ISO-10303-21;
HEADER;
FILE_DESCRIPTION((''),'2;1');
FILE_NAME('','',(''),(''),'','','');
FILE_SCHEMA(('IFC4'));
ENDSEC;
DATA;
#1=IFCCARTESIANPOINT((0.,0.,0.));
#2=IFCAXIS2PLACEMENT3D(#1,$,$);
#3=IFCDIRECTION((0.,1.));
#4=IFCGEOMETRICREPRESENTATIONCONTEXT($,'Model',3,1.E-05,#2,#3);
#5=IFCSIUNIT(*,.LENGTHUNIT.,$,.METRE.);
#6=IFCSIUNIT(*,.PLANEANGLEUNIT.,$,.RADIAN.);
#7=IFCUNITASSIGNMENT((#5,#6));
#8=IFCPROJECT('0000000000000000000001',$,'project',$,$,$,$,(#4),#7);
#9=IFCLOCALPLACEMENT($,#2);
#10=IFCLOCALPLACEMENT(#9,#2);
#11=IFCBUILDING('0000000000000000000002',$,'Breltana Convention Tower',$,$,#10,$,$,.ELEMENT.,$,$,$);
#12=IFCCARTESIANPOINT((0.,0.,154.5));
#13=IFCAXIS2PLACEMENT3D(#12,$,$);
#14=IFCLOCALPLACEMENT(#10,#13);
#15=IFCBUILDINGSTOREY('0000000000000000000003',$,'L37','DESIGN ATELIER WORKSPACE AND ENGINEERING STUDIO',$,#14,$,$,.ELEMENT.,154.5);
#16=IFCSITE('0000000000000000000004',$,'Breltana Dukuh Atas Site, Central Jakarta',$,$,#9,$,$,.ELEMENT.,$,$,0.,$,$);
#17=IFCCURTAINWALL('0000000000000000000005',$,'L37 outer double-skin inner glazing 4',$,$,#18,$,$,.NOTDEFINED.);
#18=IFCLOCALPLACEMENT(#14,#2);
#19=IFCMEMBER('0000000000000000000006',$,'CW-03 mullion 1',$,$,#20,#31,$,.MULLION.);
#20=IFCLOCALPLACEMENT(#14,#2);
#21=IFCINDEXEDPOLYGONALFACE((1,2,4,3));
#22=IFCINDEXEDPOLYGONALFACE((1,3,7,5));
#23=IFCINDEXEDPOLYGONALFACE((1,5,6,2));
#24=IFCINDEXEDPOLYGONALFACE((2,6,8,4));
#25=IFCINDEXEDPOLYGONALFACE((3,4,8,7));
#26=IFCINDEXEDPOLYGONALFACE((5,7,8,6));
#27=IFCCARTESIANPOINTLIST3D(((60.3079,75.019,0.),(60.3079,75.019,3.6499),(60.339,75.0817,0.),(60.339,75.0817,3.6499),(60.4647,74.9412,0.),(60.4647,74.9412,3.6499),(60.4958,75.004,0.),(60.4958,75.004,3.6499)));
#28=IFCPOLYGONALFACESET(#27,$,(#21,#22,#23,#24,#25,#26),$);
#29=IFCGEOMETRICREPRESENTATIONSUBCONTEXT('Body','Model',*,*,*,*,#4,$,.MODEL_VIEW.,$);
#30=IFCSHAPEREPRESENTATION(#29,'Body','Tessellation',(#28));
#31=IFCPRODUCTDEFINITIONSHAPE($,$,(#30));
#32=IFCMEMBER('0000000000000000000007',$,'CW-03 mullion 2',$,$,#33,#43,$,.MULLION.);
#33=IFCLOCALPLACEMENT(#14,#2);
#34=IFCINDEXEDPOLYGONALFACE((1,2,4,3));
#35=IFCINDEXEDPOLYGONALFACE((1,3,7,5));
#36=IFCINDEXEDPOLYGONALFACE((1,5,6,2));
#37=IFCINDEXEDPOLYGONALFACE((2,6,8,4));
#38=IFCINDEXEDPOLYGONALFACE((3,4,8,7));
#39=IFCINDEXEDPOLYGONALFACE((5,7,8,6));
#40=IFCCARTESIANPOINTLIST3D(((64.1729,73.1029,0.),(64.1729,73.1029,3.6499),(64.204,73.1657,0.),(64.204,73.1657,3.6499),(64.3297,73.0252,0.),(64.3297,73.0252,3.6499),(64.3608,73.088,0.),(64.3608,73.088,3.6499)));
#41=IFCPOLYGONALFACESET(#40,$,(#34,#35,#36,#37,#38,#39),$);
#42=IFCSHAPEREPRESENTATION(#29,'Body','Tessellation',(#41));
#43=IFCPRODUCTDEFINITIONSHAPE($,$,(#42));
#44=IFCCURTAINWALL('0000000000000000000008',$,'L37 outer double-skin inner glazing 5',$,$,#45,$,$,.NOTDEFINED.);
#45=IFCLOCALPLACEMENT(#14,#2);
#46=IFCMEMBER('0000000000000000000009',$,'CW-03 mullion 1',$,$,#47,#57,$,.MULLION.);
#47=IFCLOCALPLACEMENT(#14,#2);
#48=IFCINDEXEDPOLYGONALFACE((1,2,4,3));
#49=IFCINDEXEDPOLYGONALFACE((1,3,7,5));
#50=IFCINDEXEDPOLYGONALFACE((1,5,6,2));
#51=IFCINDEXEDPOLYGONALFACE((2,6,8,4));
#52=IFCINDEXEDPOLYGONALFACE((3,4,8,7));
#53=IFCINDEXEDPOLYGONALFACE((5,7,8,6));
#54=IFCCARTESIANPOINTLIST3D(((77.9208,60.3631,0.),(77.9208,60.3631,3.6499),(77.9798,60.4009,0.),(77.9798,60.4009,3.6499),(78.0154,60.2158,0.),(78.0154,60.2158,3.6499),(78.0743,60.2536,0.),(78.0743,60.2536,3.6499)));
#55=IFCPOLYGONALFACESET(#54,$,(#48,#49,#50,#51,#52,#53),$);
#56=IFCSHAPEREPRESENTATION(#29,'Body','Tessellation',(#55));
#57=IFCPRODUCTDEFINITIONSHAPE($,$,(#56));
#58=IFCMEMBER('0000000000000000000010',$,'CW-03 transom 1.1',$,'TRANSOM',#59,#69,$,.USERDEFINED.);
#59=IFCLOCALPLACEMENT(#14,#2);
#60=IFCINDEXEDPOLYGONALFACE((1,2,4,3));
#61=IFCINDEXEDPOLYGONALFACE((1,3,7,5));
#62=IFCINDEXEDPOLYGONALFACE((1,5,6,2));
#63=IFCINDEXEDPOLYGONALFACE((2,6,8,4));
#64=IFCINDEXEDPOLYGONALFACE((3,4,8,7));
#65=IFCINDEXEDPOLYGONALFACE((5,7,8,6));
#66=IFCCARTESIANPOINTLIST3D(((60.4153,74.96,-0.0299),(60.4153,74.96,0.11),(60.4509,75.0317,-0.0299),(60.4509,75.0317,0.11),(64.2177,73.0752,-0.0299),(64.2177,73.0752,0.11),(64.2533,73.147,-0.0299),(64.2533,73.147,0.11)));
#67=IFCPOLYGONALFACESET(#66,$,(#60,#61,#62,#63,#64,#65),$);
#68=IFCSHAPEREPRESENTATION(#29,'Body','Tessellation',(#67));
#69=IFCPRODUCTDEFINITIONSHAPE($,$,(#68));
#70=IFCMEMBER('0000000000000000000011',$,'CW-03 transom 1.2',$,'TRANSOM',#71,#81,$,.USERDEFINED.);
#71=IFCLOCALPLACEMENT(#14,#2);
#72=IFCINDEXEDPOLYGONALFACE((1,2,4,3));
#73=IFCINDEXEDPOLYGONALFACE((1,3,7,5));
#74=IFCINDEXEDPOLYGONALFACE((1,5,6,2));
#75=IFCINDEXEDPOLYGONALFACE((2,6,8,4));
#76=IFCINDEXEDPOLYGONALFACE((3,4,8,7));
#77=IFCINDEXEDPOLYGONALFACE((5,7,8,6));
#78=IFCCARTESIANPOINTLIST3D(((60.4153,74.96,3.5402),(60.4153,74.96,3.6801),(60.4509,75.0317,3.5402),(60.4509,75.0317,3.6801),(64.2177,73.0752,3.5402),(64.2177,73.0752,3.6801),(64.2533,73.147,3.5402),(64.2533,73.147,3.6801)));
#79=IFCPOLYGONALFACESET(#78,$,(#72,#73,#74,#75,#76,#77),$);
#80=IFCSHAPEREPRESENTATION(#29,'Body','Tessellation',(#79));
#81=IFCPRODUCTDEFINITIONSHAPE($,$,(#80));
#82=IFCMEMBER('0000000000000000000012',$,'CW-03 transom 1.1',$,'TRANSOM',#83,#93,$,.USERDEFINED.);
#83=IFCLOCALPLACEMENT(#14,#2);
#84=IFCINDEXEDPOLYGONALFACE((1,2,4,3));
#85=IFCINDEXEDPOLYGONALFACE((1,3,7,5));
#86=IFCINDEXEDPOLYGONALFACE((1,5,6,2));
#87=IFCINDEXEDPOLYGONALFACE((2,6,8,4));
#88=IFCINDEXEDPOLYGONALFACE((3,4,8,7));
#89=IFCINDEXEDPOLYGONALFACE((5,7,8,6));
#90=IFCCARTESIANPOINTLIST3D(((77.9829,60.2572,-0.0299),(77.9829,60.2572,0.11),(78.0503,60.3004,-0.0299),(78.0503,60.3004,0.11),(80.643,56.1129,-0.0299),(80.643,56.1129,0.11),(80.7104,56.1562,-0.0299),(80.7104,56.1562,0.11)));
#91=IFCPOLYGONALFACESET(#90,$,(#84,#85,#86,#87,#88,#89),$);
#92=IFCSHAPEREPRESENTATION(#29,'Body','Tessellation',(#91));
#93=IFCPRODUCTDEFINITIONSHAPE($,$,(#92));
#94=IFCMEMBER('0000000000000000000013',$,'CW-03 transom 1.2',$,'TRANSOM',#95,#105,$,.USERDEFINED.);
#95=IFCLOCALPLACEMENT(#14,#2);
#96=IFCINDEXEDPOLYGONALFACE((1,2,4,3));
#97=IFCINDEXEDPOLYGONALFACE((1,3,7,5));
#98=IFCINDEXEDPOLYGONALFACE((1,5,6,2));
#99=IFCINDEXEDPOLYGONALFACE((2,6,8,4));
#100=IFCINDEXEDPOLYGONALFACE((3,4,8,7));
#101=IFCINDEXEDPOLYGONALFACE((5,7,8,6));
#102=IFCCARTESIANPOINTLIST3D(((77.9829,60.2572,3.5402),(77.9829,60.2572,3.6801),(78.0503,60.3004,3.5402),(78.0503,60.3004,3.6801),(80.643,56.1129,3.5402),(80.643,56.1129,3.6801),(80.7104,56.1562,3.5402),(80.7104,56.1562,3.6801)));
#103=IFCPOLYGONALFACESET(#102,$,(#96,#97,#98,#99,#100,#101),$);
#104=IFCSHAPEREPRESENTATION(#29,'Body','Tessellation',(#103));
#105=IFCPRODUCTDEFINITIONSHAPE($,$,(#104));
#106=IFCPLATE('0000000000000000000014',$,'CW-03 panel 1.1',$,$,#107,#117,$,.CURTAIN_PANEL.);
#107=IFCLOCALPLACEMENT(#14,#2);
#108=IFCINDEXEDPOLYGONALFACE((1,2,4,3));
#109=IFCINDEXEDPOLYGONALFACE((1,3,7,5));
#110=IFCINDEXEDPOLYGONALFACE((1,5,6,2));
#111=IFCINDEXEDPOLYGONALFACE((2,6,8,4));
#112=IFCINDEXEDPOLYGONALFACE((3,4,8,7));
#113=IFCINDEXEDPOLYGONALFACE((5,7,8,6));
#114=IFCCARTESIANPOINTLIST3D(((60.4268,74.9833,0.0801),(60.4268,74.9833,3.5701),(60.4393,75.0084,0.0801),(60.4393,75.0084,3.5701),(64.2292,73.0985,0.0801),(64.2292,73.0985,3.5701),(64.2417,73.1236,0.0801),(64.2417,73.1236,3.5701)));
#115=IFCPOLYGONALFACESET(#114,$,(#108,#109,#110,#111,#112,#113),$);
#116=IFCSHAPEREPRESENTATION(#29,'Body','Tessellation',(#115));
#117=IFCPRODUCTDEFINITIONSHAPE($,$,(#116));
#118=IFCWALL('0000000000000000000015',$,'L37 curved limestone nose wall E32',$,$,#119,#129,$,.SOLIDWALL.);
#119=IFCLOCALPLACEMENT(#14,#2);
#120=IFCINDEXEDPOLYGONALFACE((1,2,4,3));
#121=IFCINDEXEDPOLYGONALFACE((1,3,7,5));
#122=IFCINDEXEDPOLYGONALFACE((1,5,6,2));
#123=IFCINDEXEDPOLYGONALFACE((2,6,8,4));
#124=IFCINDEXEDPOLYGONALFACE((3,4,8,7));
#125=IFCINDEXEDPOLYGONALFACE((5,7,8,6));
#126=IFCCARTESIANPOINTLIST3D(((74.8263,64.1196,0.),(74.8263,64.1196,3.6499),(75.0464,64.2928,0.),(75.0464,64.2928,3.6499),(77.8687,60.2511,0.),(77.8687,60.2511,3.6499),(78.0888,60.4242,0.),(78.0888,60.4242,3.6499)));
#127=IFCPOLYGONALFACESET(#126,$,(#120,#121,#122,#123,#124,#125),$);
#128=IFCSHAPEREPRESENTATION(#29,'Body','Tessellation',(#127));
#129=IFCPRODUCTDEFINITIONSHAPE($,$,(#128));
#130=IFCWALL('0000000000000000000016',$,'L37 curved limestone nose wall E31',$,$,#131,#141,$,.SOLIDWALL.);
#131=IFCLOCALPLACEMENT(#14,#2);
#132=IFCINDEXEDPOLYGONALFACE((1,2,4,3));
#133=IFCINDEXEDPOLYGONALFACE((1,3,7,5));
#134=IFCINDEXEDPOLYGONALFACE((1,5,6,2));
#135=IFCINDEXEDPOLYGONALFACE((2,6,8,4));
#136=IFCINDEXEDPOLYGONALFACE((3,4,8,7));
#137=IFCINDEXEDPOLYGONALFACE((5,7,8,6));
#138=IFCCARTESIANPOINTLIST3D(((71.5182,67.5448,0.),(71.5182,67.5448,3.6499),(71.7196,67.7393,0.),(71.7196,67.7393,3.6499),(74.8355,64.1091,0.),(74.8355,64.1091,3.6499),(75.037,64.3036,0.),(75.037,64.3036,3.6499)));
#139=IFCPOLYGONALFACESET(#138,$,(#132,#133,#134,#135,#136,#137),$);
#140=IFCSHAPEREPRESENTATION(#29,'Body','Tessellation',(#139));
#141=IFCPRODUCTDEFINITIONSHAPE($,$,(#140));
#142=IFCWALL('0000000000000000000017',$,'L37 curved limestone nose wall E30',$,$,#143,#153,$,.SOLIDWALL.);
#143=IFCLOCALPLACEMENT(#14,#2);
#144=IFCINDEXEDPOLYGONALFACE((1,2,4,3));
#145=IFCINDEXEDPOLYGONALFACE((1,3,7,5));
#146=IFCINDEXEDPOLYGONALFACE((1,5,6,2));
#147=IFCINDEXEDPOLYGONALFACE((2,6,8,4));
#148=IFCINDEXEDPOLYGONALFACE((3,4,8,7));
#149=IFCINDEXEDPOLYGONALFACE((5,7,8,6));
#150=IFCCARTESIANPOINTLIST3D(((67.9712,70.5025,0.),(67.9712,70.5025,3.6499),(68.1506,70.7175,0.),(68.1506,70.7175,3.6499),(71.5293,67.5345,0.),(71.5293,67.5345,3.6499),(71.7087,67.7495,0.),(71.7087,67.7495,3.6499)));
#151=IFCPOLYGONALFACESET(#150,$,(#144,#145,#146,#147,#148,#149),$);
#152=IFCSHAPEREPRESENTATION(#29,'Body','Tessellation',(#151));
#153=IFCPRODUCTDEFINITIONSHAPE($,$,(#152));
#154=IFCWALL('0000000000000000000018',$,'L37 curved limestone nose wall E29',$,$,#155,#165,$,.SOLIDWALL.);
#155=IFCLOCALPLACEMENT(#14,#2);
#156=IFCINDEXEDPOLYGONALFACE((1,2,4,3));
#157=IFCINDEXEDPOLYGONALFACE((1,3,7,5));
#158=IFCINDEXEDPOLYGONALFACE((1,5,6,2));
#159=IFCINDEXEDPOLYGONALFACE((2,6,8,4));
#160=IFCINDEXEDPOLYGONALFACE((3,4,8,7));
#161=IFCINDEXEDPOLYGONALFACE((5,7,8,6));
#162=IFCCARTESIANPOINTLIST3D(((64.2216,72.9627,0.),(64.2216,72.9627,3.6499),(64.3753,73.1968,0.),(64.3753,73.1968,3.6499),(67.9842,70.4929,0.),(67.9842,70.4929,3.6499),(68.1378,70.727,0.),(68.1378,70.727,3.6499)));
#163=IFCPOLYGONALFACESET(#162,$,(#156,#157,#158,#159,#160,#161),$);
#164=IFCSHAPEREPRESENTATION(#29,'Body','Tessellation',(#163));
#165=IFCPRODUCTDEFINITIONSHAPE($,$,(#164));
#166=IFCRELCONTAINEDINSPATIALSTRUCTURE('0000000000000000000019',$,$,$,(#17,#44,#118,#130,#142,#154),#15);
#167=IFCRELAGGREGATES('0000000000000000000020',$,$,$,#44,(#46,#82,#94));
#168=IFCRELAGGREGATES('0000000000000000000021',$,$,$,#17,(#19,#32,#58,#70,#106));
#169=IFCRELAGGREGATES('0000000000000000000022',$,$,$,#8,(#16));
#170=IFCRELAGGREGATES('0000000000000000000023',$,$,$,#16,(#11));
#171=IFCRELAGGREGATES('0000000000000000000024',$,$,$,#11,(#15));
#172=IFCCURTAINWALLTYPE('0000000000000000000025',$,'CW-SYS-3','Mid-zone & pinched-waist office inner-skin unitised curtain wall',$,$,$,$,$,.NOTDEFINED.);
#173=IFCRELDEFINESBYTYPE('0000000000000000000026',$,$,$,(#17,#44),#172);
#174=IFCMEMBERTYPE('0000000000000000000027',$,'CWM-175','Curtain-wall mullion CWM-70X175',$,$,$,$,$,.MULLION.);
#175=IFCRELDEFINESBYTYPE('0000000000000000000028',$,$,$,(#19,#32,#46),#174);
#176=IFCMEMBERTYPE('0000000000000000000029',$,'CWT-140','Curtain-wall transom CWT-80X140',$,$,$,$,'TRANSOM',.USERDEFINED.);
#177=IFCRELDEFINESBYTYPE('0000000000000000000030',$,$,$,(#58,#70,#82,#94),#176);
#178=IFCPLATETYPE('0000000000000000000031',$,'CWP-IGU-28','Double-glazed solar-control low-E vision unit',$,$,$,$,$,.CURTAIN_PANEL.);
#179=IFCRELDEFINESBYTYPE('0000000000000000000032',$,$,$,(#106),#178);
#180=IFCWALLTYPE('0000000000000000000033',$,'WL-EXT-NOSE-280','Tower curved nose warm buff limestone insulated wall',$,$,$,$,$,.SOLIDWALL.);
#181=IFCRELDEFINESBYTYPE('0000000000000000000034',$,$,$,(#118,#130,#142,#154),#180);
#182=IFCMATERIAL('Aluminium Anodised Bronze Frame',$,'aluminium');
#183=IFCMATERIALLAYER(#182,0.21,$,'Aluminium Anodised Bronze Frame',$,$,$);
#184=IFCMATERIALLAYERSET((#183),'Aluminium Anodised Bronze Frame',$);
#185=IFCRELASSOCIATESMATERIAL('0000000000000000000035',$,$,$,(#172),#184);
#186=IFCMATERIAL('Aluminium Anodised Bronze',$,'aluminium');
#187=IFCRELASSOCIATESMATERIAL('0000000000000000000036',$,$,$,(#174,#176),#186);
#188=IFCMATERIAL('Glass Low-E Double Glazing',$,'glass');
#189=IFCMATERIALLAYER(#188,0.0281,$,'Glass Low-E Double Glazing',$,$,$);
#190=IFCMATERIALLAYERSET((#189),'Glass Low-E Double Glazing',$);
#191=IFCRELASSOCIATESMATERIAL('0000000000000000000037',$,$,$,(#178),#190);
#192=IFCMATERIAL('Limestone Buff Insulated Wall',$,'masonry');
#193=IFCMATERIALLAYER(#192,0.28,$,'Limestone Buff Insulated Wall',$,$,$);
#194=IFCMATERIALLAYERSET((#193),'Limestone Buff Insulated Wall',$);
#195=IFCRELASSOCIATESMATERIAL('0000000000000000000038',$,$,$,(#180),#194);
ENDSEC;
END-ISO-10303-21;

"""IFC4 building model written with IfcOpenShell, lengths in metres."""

from ifc_helpers import new_model, si_unit, direction, frame, frame_2d, origin, origin_2d, place, context, subcontext, project, spatial, rectangle, extrude, source, transform, mapped, material, layer, layer_set, material_profile, profile_set, type_object, element, aggregate, save


model = new_model("IFC4")

# Units and contexts
model_context = context("Model", 3, precision=1e-05, world=origin(), true_north=direction((0.0, 1.0)))
body_context = subcontext(model_context, "Body", "Model", "MODEL_VIEW")
ifc_project = project(units=[si_unit("LENGTHUNIT", "METRE"), si_unit("PLANEANGLEUNIT", "RADIAN")], contexts=[model_context])

# Site, building, storey
site_placement = place(None, origin())
site = spatial("IfcSite", under=ifc_project, at=site_placement, Name="Breltana Dukuh Atas Site, Central Jakarta", CompositionType="ELEMENT", RefElevation=0.0)
building_placement = place(site_placement, origin())
building = spatial("IfcBuilding", under=site, at=building_placement, Name="Breltana Convention Tower", CompositionType="ELEMENT")
storey_placement = place(building_placement, frame((0.0, 0.0, 154.5)))
storey = spatial("IfcBuildingStorey", under=building, at=storey_placement, Name="L37", Description="DESIGN ATELIER WORKSPACE AND ENGINEERING STUDIO", CompositionType="ELEMENT", Elevation=154.5)

# Curtain wall, members
ifc_material_1 = material(Name="Aluminium Anodised Bronze Frame", Category="aluminium")
ifc_layer_1 = layer(ifc_material_1, 0.21, Name="Aluminium Anodised Bronze Frame")
ifc_layer_set_1 = layer_set([ifc_layer_1], Name="Aluminium Anodised Bronze Frame")
curtain_wall_type = type_object("IfcCurtainWallType", Name="CW-SYS-3", Description="Mid-zone & pinched-waist office inner-skin unitised curtain wall", PredefinedType="NOTDEFINED", material=ifc_layer_set_1)
curtain_wall_1_placement = place(storey_placement, origin())
curtain_wall_1 = element("IfcCurtainWall", 1, at=curtain_wall_1_placement, inside=storey, type_object=curtain_wall_type, Name="L37 outer double-skin inner glazing 4", PredefinedType="NOTDEFINED")
ifc_material_2 = material(Name="Aluminium Anodised Bronze", Category="aluminium")
ifc_material_profile_1 = material_profile(ifc_material_2, rectangle(XDim=0.0701, YDim=0.175, at=origin_2d()), Name="CWM-70X175")
ifc_profile_set_1 = profile_set([ifc_material_profile_1], Name="Aluminium Anodised Bronze")
member_type_1 = type_object("IfcMemberType", Name="CWM-175", Description="Curtain-wall mullion CWM-70X175", PredefinedType="MULLION", material=ifc_profile_set_1)
shared_shape_1 = source(origin(), body_context, "Body", "SweptSolid", [
    extrude(rectangle(XDim=0.0701, YDim=0.175, at=origin_2d()), origin(), (0.0, 0.0, 1.0), 3.6499),
])
member_1_placement = place(storey_placement, frame((60.4019, 75.0115, 0.0), z_axis=(0.0, 0.0, 1.0), x_axis=(0.444118, 0.895968, 0.0)))
member_1 = element("IfcMember", 2, at=member_1_placement, type_object=member_type_1, Name="CW-03 mullion 1", PredefinedType="MULLION", context=body_context, shape_type="MappedRepresentation", body=[
    mapped(shared_shape_1, transform((0.0, 0.0, 0.0), scale=1.0)),
])
member_2_placement = place(storey_placement, frame((64.2668, 73.0955, 0.0), z_axis=(0.0, 0.0, 1.0), x_axis=(0.444118, 0.895968, 0.0)))
member_2 = element("IfcMember", 3, at=member_2_placement, type_object=member_type_1, Name="CW-03 mullion 2", PredefinedType="MULLION", context=body_context, shape_type="MappedRepresentation", body=[
    mapped(shared_shape_1, transform((0.0, 0.0, 0.0), scale=1.0)),
])

# Curtain wall, member
curtain_wall_2_placement = place(storey_placement, origin())
curtain_wall_2 = element("IfcCurtainWall", 4, at=curtain_wall_2_placement, inside=storey, type_object=curtain_wall_type, Name="L37 outer double-skin inner glazing 5", PredefinedType="NOTDEFINED")
member_3_placement = place(storey_placement, frame((77.9976, 60.3083, 0.0), z_axis=(0.0, 0.0, 1.0), x_axis=(0.841554, 0.540173, 0.0)))
member_3 = element("IfcMember", 5, at=member_3_placement, type_object=member_type_1, Name="CW-03 mullion 1", PredefinedType="MULLION", context=body_context, shape_type="MappedRepresentation", body=[
    mapped(shared_shape_1, transform((0.0, 0.0, 0.0), scale=1.0)),
])

# Members
ifc_material_profile_2 = material_profile(ifc_material_2, rectangle(XDim=0.0801, YDim=0.1399, at=origin_2d()), Name="CWT-80X140")
ifc_profile_set_2 = profile_set([ifc_material_profile_2], Name="Aluminium Anodised Bronze")
member_type_2 = type_object("IfcMemberType", Name="CWT-140", Description="Curtain-wall transom CWT-80X140", ElementType="TRANSOM", PredefinedType="USERDEFINED", material=ifc_profile_set_2)
shared_shape_2 = source(origin(), body_context, "Body", "SweptSolid", [
    extrude(rectangle(XDim=0.0801, YDim=0.1399, at=origin_2d()), origin(), (0.0, 0.0, 1.0), 4.2439),
])
member_4_placement = place(storey_placement, frame((60.4331, 74.9958, 0.04), z_axis=(0.895975, -0.444104, 0.0), x_axis=(0.444104, 0.895975, 0.0)))
member_4 = element("IfcMember", 6, at=member_4_placement, type_object=member_type_2, Name="CW-03 transom 1.1", ObjectType="TRANSOM", PredefinedType="USERDEFINED", context=body_context, shape_type="MappedRepresentation", body=[
    mapped(shared_shape_2, transform((0.0, 0.0, 0.0), scale=1.0)),
])
member_5_placement = place(storey_placement, frame((60.4331, 74.9958, 3.6101), z_axis=(0.895975, -0.444104, 0.0), x_axis=(0.444104, 0.895975, 0.0)))
member_5 = element("IfcMember", 7, at=member_5_placement, type_object=member_type_2, Name="CW-03 transom 1.2", ObjectType="TRANSOM", PredefinedType="USERDEFINED", context=body_context, shape_type="MappedRepresentation", body=[
    mapped(shared_shape_2, transform((0.0, 0.0, 0.0), scale=1.0)),
])
shared_shape_3 = source(origin(), body_context, "Body", "SweptSolid", [
    extrude(rectangle(XDim=0.0801, YDim=0.1399, at=origin_2d()), origin(), (0.0, 0.0, 1.0), 4.9246),
])
member_6_placement = place(storey_placement, frame((78.0166, 60.2788, 0.04), z_axis=(0.540179, -0.84155, 0.0), x_axis=(0.84155, 0.540179, 0.0)))
member_6 = element("IfcMember", 8, at=member_6_placement, type_object=member_type_2, Name="CW-03 transom 1.1", ObjectType="TRANSOM", PredefinedType="USERDEFINED", context=body_context, shape_type="MappedRepresentation", body=[
    mapped(shared_shape_3, transform((0.0, 0.0, 0.0), scale=1.0)),
])
member_7_placement = place(storey_placement, frame((78.0166, 60.2788, 3.6101), z_axis=(0.540179, -0.84155, 0.0), x_axis=(0.84155, 0.540179, 0.0)))
member_7 = element("IfcMember", 9, at=member_7_placement, type_object=member_type_2, Name="CW-03 transom 1.2", ObjectType="TRANSOM", PredefinedType="USERDEFINED", context=body_context, shape_type="MappedRepresentation", body=[
    mapped(shared_shape_3, transform((0.0, 0.0, 0.0), scale=1.0)),
])
aggregate(curtain_wall_2, [member_3, member_6, member_7])

# Plate
ifc_material_3 = material(Name="Glass Low-E Double Glazing", Category="glass")
ifc_layer_2 = layer(ifc_material_3, 0.0281, Name="Glass Low-E Double Glazing")
ifc_layer_set_2 = layer_set([ifc_layer_2], Name="Glass Low-E Double Glazing")
plate_type = type_object("IfcPlateType", Name="CWP-IGU-28", Description="Double-glazed solar-control low-E vision unit", PredefinedType="CURTAIN_PANEL", material=ifc_layer_set_2)
shared_shape_4 = source(origin(), body_context, "Body", "SweptSolid", [
    extrude(rectangle(XDim=4.2439, YDim=0.0281, at=origin_2d()), origin(), (0.0, 0.0, 1.0), 3.49),
])
plate_placement = place(storey_placement, frame((62.3342, 74.0535, 0.0801), z_axis=(0.0, 0.0, 1.0), x_axis=(0.895968, -0.444118, 0.0)))
plate = element("IfcPlate", 10, at=plate_placement, type_object=plate_type, Name="CW-03 panel 1.1", PredefinedType="CURTAIN_PANEL", context=body_context, shape_type="MappedRepresentation", body=[
    mapped(shared_shape_4, transform((0.0, 0.0, 0.0), scale=1.0)),
])
aggregate(curtain_wall_1, [member_1, member_2, member_4, member_5, plate])

# Walls
ifc_material_4 = material(Name="Limestone Buff Insulated Wall", Category="masonry")
ifc_layer_3 = layer(ifc_material_4, 0.28, Name="Limestone Buff Insulated Wall")
ifc_layer_set_3 = layer_set([ifc_layer_3], Name="Limestone Buff Insulated Wall")
wall_type_1 = type_object("IfcWallType", Name="WL-EXT-NOSE-280", Description="Tower curved nose warm buff limestone insulated wall", PredefinedType="SOLIDWALL", material=ifc_layer_set_3)
shared_shape_5 = source(origin(), body_context, "Body", "SweptSolid", [
    extrude(rectangle(XDim=4.9216, YDim=0.28, at=frame_2d((2.4609, 0.0))), origin(), (0.0, 0.0, 1.0), 3.6499),
])
wall_1_placement = place(storey_placement, frame((74.9363, 64.2063, 0.0), z_axis=(0.0, 0.0, 1.0), x_axis=(0.618176, -0.786039, 0.0)))
element("IfcWall", 11, at=wall_1_placement, inside=storey, type_object=wall_type_1, Name="L37 curved limestone nose wall E32", PredefinedType="SOLIDWALL", context=body_context, shape_type="MappedRepresentation", body=[
    mapped(shared_shape_5, transform((0.0, 0.0, 0.0), scale=1.0)),
])
shared_shape_6 = source(origin(), body_context, "Body", "SweptSolid", [
    extrude(rectangle(XDim=4.7759, YDim=0.28, at=frame_2d((2.3879, 0.0))), origin(), (0.0, 0.0, 1.0), 3.6499),
])
wall_2_placement = place(storey_placement, frame((71.6189, 67.6421, 0.0), z_axis=(0.0, 0.0, 1.0), x_axis=(0.694602, -0.719394, 0.0)))
element("IfcWall", 12, at=wall_2_placement, inside=storey, type_object=wall_type_1, Name="L37 curved limestone nose wall E31", PredefinedType="SOLIDWALL", context=body_context, shape_type="MappedRepresentation", body=[
    mapped(shared_shape_6, transform((0.0, 0.0, 0.0), scale=1.0)),
])
shared_shape_7 = source(origin(), body_context, "Body", "SweptSolid", [
    extrude(rectangle(XDim=4.6335, YDim=0.28, at=frame_2d((2.3169, 0.0))), origin(), (0.0, 0.0, 1.0), 3.6499),
])
wall_3_placement = place(storey_placement, frame((68.0608, 70.6101, 0.0), z_axis=(0.0, 0.0, 1.0), x_axis=(0.76791, -0.640557, 0.0)))
element("IfcWall", 13, at=wall_3_placement, inside=storey, type_object=wall_type_1, Name="L37 curved limestone nose wall E30", PredefinedType="SOLIDWALL", context=body_context, shape_type="MappedRepresentation", body=[
    mapped(shared_shape_7, transform((0.0, 0.0, 0.0), scale=1.0)),
])
shared_shape_8 = source(origin(), body_context, "Body", "SweptSolid", [
    extrude(rectangle(XDim=4.5007, YDim=0.28, at=frame_2d((2.2505, 0.0))), origin(), (0.0, 0.0, 1.0), 3.6499),
])
wall_4_placement = place(storey_placement, frame((64.2983, 73.0798, 0.0), z_axis=(0.0, 0.0, 1.0), x_axis=(0.835985, -0.548752, 0.0)))
element("IfcWall", 14, at=wall_4_placement, inside=storey, type_object=wall_type_1, Name="L37 curved limestone nose wall E29", PredefinedType="SOLIDWALL", context=body_context, shape_type="MappedRepresentation", body=[
    mapped(shared_shape_8, transform((0.0, 0.0, 0.0), scale=1.0)),
])

save(model, "model.ifc")
